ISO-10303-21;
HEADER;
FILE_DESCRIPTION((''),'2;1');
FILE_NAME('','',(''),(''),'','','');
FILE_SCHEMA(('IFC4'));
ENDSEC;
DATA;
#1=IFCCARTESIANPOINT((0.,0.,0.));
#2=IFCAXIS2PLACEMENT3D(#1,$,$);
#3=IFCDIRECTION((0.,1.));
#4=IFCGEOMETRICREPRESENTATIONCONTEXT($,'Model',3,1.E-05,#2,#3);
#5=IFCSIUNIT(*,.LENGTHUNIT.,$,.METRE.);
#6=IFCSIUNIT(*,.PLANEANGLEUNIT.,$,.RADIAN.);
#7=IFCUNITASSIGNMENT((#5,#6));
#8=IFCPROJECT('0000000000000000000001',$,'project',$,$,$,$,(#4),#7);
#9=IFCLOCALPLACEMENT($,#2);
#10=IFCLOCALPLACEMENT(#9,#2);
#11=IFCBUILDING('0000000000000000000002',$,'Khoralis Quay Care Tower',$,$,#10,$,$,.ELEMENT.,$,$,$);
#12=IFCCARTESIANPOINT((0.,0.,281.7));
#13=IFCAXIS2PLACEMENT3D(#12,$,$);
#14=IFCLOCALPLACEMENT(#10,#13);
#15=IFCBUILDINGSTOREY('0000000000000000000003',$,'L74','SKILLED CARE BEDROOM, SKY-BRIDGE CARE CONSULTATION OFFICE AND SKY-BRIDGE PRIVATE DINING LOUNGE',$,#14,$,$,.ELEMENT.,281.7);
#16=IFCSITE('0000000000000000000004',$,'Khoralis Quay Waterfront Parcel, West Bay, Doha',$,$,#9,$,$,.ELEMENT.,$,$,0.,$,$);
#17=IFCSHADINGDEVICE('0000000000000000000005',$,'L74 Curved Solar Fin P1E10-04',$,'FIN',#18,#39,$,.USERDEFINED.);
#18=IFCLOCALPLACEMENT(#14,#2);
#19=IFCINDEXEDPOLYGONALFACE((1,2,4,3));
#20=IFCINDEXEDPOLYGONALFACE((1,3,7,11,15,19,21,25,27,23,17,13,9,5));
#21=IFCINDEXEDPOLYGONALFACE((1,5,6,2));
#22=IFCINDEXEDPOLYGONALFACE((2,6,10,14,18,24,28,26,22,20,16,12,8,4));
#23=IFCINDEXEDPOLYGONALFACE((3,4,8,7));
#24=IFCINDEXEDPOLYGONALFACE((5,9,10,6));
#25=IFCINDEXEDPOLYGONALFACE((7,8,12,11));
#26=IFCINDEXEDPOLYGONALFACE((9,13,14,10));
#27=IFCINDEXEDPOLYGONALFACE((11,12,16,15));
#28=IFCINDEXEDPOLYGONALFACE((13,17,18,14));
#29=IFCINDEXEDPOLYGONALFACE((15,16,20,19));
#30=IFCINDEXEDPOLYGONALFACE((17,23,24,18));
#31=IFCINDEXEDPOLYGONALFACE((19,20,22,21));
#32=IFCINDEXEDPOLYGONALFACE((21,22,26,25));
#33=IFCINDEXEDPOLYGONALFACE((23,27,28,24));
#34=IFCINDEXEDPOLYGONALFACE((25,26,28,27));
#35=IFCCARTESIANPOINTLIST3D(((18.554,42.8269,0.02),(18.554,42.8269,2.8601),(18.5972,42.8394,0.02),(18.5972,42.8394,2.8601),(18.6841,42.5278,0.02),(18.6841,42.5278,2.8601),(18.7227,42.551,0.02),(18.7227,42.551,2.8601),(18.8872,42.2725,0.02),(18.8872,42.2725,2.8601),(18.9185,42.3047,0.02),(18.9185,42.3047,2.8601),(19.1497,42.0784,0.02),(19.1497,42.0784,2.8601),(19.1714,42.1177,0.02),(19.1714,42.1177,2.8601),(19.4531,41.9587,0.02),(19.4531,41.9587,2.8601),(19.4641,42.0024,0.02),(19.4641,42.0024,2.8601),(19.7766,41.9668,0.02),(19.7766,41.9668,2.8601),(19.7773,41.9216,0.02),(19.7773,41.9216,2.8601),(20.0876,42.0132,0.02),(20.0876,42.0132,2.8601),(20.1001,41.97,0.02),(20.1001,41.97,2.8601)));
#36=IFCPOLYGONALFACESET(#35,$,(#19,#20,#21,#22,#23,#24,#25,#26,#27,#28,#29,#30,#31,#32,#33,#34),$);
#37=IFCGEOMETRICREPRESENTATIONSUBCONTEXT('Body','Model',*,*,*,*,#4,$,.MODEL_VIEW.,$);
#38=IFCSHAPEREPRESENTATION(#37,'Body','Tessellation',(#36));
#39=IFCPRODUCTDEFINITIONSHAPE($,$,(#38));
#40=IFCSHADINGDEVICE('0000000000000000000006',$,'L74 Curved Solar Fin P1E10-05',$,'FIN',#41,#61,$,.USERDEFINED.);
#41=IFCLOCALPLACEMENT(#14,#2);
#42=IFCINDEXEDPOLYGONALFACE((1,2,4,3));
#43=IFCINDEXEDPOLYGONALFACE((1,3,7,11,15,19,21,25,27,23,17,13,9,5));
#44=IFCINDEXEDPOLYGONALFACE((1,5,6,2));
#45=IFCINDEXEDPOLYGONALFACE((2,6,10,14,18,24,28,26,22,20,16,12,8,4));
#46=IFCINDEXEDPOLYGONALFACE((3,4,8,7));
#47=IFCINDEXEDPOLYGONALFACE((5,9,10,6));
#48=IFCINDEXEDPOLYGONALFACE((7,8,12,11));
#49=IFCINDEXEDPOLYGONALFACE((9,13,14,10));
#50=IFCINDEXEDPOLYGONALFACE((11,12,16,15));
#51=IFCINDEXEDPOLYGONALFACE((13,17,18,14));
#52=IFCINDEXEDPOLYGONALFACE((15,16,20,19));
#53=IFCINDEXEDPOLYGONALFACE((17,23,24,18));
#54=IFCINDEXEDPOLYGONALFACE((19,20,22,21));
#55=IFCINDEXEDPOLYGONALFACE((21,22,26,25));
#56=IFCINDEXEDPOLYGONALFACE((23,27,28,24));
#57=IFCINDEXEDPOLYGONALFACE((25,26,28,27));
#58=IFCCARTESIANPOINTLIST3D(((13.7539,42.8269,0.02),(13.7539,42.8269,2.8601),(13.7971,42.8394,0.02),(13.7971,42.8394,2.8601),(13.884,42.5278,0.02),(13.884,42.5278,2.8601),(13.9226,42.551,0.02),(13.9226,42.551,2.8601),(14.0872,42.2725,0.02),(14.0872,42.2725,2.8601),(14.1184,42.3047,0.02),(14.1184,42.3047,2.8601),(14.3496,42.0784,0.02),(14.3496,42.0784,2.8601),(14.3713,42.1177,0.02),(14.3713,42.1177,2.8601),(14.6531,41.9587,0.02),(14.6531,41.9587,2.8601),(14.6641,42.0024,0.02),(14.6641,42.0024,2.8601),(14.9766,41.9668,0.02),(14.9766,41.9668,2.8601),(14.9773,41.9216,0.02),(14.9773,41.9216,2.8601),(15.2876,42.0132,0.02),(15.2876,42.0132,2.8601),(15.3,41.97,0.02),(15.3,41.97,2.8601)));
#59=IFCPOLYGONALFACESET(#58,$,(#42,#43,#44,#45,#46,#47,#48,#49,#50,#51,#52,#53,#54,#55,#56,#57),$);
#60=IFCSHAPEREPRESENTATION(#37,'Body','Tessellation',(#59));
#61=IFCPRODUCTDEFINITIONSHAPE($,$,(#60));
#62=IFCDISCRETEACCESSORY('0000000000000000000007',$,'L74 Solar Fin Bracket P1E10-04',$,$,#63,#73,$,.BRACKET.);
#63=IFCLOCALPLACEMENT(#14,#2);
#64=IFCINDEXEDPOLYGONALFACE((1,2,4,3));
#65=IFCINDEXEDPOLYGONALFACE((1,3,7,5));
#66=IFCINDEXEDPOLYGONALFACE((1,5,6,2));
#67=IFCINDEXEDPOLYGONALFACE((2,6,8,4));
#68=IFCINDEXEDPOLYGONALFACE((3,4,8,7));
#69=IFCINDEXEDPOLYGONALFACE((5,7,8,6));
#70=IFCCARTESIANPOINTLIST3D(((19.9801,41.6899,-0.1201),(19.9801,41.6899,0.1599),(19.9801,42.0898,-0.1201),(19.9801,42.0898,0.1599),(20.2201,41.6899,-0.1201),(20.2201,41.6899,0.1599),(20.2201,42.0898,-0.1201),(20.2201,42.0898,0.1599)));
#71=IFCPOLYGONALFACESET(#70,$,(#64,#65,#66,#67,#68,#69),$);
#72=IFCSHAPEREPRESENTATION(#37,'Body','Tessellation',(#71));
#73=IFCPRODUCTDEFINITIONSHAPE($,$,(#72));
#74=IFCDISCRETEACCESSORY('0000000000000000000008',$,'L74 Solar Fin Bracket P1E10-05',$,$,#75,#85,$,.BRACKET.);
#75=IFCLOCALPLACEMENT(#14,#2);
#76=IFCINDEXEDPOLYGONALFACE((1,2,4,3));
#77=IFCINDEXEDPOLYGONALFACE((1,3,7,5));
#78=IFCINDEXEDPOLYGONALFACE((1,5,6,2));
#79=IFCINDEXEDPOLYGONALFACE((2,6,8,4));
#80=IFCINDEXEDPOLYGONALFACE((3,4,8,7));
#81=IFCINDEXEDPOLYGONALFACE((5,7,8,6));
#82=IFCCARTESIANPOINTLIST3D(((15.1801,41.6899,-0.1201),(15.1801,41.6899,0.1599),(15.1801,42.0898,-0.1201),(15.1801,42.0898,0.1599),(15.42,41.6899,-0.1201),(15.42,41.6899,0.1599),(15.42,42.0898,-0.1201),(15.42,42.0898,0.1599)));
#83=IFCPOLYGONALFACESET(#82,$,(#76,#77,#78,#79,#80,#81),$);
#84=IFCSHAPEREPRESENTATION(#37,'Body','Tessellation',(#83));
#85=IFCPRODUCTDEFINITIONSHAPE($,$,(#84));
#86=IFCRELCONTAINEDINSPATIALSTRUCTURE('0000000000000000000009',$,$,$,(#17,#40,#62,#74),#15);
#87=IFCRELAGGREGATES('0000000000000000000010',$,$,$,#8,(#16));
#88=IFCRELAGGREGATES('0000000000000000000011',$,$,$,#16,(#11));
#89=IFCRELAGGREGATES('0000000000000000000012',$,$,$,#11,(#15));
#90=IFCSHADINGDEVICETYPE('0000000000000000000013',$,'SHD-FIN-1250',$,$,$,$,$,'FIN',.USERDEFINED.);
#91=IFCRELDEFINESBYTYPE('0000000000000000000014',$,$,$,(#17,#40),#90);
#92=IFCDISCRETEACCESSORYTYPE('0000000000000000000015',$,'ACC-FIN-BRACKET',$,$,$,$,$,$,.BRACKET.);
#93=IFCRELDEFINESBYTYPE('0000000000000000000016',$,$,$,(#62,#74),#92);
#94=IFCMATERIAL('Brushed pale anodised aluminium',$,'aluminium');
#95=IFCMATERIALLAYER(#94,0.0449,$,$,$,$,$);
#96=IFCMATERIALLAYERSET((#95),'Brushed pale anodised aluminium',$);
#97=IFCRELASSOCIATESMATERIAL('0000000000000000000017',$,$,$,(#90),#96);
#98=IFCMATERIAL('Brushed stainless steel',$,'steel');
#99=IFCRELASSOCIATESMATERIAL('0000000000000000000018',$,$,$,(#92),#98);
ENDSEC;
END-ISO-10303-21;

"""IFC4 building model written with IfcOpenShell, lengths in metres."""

from ifc_helpers import new_model, si_unit, direction, frame, origin, origin_2d, place, context, subcontext, project, spatial, polyline, rectangle, outline, extrude, source, transform, mapped, material, layer, layer_set, type_object, element, save


model = new_model("IFC4")

# Units and contexts
model_context = context("Model", 3, precision=1e-05, world=origin(), true_north=direction((0.0, 1.0)))
body_context = subcontext(model_context, "Body", "Model", "MODEL_VIEW")
ifc_project = project(units=[si_unit("LENGTHUNIT", "METRE"), si_unit("PLANEANGLEUNIT", "RADIAN")], contexts=[model_context])

# Site, building, storey
site_placement = place(None, origin())
site = spatial("IfcSite", under=ifc_project, at=site_placement, Name="Khoralis Quay Waterfront Parcel, West Bay, Doha", CompositionType="ELEMENT", RefElevation=0.0)
building_placement = place(site_placement, origin())
building = spatial("IfcBuilding", under=site, at=building_placement, Name="Khoralis Quay Care Tower", CompositionType="ELEMENT")
storey_placement = place(building_placement, frame((0.0, 0.0, 281.7)))
storey = spatial("IfcBuildingStorey", under=building, at=storey_placement, Name="L74", Description="SKILLED CARE BEDROOM, SKY-BRIDGE CARE CONSULTATION OFFICE AND SKY-BRIDGE PRIVATE DINING LOUNGE", CompositionType="ELEMENT", Elevation=281.7)

# Shading devices
ifc_material_1 = material(Name="Brushed pale anodised aluminium", Category="aluminium")
ifc_layer_1 = layer(ifc_material_1, 0.0449)
ifc_layer_set_1 = layer_set([ifc_layer_1], Name="Brushed pale anodised aluminium")
shading_device_type = type_object("IfcShadingDeviceType", Name="SHD-FIN-1250", ElementType="FIN", PredefinedType="USERDEFINED", material=ifc_layer_set_1)
shared_shape_1 = source(origin(), body_context, "Body", "SweptSolid", [
    extrude(outline(polyline([(0.0, 0.0), (-0.0483, 0.3228), (-0.0112, 0.647), (0.1084, 0.9504), (0.3025, 1.2129), (0.5579, 1.416), (0.8569, 1.5461), (0.8694, 1.5029), (0.5811, 1.3774), (0.3347, 1.1816), (0.1477, 0.9287), (0.0325, 0.636), (-0.0032, 0.3235), (0.0432, 0.0125), (0.0, 0.0)])), origin(), (0.0, 0.0, 1.0), 2.8401),
])
for number, where, z_axis, x_axis, name in (
    (1, (20.1001, 41.97, 0.02), (0.0, 0.0, 1.0), (0.0, 1.0, 0.0), "L74 Curved Solar Fin P1E10-04"),
    (2, (15.3, 41.97, 0.02), (0.0, 0.0, 1.0), (0.0, 1.0, 0.0), "L74 Curved Solar Fin P1E10-05"),
):
    element("IfcShadingDevice", number, at=place(storey_placement, frame(where, z_axis=z_axis, x_axis=x_axis)), inside=storey, type_object=shading_device_type, Name=name, ObjectType="FIN", PredefinedType="USERDEFINED", context=body_context, shape_type="MappedRepresentation", body=[
        mapped(shared_shape_1, transform((0.0, 0.0, 0.0), scale=1.0)),
    ])

# Discrete accessories
ifc_material_2 = material(Name="Brushed stainless steel", Category="steel")
discrete_accessory_type = type_object("IfcDiscreteAccessoryType", Name="ACC-FIN-BRACKET", PredefinedType="BRACKET", material=ifc_material_2)
shared_shape_2 = source(origin(), body_context, "Body", "SweptSolid", [
    extrude(rectangle(XDim=0.3999, YDim=0.24, at=origin_2d()), origin(), (0.0, 0.0, 1.0), 0.28),
])
for number, where, z_axis, x_axis, name in (
    (3, (20.1001, 41.8899, -0.1201), (0.0, 0.0, 1.0), (0.0, 1.0, 0.0), "L74 Solar Fin Bracket P1E10-04"),
    (4, (15.3, 41.8899, -0.1201), (0.0, 0.0, 1.0), (0.0, 1.0, 0.0), "L74 Solar Fin Bracket P1E10-05"),
):
    element("IfcDiscreteAccessory", number, at=place(storey_placement, frame(where, z_axis=z_axis, x_axis=x_axis)), inside=storey, type_object=discrete_accessory_type, Name=name, PredefinedType="BRACKET", context=body_context, shape_type="MappedRepresentation", body=[
        mapped(shared_shape_2, transform((0.0, 0.0, 0.0), scale=1.0)),
    ])

save(model, "model.ifc")
